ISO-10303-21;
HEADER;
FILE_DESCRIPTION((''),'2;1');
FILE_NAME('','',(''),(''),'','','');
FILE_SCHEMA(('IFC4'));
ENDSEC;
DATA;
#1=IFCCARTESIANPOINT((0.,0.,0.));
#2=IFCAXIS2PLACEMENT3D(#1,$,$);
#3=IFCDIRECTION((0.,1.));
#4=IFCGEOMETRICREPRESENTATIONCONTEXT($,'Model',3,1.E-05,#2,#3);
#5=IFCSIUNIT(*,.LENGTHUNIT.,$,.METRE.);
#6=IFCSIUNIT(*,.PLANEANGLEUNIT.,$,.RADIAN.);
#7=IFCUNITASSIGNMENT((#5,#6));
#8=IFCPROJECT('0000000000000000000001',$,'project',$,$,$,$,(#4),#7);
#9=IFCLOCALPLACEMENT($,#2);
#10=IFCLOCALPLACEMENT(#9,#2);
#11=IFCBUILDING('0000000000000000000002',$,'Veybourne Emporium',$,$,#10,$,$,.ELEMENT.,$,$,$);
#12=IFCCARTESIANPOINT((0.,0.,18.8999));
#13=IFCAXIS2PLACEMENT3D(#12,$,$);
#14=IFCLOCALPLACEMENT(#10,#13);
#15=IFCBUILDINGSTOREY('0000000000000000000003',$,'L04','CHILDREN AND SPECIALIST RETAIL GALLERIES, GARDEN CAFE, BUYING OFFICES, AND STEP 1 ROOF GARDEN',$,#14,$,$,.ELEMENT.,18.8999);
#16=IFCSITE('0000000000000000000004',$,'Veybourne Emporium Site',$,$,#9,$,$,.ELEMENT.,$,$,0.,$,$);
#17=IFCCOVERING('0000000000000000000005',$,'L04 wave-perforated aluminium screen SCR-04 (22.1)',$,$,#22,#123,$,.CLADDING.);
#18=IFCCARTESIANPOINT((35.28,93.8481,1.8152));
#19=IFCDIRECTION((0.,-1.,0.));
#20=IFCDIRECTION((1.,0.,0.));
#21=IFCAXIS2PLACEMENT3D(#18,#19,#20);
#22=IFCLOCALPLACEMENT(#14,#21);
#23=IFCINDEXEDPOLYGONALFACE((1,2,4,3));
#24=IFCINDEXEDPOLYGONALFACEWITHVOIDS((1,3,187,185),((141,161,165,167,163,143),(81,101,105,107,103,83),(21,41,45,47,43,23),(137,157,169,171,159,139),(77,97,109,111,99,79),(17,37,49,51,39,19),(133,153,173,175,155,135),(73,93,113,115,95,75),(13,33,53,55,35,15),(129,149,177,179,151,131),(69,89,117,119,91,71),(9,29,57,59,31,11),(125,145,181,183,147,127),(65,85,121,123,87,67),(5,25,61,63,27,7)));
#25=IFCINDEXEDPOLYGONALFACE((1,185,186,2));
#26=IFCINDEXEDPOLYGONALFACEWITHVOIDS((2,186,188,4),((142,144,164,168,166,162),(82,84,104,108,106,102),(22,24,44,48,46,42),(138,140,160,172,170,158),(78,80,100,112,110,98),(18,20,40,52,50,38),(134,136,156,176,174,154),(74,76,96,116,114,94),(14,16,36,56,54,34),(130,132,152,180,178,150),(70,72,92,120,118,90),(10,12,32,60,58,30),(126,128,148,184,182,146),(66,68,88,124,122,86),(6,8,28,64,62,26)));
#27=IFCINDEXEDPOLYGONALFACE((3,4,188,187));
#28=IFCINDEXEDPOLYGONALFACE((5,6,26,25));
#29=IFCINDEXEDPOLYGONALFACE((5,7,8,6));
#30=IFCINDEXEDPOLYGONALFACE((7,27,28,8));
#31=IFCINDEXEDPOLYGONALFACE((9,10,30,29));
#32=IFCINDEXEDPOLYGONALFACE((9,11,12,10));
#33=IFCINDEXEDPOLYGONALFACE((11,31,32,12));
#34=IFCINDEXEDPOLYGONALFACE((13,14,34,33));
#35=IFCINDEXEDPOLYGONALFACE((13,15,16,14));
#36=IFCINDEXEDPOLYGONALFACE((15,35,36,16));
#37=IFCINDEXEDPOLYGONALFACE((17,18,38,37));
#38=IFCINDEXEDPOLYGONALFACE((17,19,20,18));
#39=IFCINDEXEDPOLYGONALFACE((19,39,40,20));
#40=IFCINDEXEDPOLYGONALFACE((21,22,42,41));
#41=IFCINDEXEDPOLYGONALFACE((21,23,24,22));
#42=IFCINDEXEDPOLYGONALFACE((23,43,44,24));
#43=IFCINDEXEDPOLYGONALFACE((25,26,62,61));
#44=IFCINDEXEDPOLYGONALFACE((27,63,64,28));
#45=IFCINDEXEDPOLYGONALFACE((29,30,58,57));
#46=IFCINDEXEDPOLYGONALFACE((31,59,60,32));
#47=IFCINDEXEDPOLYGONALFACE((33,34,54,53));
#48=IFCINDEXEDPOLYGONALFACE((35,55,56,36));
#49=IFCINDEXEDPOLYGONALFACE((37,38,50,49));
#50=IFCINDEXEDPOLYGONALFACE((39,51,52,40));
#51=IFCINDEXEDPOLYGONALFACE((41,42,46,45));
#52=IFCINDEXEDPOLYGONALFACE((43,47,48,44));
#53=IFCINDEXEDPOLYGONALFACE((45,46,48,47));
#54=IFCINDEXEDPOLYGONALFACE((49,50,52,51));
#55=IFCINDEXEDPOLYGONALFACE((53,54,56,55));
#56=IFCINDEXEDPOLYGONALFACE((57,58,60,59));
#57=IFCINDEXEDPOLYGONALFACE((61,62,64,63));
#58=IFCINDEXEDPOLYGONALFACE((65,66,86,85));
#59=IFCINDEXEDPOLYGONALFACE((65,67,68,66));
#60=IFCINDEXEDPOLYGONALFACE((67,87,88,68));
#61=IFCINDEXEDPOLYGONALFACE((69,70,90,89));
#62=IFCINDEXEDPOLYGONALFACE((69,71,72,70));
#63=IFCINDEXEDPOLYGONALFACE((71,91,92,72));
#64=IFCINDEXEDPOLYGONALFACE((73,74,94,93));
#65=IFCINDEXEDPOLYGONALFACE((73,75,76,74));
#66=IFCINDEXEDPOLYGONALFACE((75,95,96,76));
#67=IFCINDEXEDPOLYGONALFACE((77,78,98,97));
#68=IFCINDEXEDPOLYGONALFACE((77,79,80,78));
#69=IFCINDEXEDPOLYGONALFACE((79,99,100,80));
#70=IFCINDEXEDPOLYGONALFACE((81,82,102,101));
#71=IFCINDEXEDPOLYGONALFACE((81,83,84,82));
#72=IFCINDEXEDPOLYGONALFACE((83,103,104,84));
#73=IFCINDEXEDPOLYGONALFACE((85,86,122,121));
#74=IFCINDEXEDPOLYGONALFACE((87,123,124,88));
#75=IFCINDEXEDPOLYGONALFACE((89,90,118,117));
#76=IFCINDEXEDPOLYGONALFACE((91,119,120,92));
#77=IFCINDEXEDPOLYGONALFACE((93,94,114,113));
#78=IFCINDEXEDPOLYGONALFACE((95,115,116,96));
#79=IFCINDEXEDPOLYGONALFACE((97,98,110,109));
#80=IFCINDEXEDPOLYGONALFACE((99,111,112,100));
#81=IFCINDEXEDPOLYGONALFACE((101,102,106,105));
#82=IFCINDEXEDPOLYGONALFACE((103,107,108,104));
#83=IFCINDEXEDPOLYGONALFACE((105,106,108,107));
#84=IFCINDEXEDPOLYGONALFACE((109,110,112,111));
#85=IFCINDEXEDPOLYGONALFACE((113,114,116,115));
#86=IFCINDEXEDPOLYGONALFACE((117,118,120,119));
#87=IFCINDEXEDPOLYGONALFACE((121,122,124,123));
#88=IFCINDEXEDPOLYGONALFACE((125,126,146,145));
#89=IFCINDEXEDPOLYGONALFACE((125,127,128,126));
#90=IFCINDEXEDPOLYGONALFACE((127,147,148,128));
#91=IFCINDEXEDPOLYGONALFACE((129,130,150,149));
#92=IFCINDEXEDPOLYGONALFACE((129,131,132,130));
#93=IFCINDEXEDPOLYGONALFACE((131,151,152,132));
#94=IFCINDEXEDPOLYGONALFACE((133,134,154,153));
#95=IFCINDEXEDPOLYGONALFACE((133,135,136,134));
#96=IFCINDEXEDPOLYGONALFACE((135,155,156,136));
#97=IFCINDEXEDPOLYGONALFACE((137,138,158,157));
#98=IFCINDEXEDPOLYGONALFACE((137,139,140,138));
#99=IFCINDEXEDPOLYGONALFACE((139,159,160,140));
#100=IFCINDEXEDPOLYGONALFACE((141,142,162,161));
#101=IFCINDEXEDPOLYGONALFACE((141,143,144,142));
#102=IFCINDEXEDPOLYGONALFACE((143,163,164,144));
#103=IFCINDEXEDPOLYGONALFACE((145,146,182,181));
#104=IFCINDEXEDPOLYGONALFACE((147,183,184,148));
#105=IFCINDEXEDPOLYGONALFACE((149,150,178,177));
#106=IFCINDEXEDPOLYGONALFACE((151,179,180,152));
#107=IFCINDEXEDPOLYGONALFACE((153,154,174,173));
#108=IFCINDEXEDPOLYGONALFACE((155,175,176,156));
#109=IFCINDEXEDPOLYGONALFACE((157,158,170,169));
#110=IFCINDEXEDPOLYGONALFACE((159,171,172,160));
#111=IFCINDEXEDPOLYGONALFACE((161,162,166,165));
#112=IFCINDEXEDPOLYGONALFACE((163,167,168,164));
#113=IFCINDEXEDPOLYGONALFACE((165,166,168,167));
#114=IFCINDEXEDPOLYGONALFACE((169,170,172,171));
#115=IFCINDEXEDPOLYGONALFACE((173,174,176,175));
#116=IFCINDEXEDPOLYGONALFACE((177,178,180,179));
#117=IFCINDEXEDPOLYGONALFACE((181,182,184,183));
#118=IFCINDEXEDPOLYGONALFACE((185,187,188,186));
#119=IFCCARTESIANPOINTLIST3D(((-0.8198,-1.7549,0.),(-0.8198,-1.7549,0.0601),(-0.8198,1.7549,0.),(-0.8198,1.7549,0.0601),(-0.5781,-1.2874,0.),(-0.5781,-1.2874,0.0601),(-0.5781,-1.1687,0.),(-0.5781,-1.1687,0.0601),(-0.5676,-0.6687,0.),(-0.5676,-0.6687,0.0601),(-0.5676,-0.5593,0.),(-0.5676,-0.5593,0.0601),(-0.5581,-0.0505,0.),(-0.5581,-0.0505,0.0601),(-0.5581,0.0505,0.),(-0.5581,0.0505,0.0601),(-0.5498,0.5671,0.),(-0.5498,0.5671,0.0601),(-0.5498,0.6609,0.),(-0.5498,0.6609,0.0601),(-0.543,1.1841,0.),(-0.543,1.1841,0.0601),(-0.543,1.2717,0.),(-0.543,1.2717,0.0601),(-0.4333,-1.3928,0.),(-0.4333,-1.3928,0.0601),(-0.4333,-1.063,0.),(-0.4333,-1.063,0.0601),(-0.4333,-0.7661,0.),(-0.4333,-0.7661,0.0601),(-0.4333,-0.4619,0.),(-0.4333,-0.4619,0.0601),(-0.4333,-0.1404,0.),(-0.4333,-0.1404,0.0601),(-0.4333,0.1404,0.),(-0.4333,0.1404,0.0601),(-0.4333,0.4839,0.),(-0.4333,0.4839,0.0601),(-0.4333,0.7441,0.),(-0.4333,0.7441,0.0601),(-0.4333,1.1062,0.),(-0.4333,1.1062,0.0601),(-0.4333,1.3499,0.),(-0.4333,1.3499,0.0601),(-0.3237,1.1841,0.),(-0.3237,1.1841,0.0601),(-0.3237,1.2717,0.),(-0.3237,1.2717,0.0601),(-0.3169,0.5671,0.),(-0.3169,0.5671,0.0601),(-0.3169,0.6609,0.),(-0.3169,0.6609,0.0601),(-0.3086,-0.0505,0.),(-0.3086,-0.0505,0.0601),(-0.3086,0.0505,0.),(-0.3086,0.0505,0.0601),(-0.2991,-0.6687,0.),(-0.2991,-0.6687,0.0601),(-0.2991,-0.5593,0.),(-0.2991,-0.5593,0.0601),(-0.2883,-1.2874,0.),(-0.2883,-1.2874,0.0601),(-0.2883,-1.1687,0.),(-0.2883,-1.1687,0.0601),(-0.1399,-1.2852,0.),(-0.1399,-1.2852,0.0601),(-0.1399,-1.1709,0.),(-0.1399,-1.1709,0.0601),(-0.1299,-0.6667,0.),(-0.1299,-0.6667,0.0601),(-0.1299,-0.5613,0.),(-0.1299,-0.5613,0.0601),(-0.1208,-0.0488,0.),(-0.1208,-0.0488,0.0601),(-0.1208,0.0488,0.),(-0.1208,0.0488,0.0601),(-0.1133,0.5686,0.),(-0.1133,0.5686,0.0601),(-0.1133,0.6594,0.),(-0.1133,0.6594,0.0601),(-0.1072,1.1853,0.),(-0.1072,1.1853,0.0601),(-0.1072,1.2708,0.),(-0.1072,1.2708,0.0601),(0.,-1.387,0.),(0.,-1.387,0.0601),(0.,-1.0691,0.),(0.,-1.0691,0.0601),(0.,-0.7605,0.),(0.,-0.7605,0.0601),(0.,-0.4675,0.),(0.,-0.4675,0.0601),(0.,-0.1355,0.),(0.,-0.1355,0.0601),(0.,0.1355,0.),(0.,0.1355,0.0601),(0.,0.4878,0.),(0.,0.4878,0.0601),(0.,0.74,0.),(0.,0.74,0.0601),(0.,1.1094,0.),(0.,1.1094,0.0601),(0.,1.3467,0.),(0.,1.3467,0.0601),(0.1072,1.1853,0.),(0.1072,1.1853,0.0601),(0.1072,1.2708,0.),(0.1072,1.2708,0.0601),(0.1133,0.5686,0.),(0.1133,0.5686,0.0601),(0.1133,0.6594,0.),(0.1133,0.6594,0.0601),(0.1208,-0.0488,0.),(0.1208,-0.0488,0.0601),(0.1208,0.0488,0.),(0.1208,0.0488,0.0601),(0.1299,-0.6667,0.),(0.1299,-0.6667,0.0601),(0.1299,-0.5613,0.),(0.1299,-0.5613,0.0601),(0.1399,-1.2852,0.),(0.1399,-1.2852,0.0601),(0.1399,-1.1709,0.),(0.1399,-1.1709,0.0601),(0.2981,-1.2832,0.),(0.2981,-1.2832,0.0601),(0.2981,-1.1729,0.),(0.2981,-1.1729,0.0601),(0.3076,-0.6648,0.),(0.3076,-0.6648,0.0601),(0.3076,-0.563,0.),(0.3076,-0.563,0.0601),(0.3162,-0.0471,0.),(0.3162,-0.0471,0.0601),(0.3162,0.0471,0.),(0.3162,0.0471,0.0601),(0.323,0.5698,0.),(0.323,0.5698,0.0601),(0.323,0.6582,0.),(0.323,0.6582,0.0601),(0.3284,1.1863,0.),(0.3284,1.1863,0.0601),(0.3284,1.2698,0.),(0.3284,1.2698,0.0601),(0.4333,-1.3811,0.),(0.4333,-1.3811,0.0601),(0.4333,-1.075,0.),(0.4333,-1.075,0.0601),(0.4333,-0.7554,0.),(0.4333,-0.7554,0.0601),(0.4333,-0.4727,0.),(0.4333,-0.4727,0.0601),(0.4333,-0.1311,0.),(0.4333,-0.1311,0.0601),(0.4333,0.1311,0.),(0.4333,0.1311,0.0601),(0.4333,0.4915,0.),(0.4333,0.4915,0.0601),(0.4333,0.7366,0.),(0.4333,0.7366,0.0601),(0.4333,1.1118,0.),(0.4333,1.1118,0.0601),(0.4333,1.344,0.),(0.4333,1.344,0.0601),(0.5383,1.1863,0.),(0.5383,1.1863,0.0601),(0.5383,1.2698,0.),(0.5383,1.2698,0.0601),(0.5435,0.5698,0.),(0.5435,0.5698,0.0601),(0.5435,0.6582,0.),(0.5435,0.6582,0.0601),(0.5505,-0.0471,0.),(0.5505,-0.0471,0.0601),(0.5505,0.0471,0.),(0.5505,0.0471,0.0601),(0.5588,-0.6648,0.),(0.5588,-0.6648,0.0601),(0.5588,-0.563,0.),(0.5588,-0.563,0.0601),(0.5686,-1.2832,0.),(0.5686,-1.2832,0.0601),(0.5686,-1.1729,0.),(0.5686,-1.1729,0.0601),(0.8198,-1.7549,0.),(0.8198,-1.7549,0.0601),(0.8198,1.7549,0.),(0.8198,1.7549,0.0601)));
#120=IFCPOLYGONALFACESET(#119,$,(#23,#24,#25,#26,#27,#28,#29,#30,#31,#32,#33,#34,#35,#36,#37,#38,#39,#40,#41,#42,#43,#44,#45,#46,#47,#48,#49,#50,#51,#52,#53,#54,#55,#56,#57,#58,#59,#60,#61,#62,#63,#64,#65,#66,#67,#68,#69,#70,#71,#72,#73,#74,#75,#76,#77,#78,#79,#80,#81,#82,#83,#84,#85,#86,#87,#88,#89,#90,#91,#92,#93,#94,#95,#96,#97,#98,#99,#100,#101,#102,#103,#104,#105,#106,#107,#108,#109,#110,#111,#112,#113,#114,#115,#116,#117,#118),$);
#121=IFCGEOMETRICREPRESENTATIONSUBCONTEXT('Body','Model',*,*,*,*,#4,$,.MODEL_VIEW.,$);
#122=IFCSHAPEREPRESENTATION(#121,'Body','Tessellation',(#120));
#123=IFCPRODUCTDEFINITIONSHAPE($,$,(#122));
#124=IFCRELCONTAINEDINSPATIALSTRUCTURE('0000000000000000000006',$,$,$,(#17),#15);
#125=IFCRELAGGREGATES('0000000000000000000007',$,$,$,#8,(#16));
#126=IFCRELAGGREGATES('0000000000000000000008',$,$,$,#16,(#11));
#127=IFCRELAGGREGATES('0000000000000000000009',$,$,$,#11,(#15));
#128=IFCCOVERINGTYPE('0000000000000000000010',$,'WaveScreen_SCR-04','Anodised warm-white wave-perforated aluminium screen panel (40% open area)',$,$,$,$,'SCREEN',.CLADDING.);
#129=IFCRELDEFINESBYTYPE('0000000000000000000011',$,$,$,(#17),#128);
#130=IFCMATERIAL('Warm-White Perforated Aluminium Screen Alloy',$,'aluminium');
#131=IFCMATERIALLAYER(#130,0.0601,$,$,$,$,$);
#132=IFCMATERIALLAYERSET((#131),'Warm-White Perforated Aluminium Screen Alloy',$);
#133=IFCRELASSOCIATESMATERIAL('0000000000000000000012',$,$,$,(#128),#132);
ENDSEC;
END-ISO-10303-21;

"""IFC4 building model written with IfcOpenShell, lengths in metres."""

from ifc_helpers import new_model, si_unit, direction, frame, origin, place, context, subcontext, project, spatial, polyline, outline, extrude, material, layer, layer_set, type_object, element, save


model = new_model("IFC4")

# Units and contexts
model_context = context("Model", 3, precision=1e-05, world=origin(), true_north=direction((0.0, 1.0)))
body_context = subcontext(model_context, "Body", "Model", "MODEL_VIEW")
ifc_project = project(units=[si_unit("LENGTHUNIT", "METRE"), si_unit("PLANEANGLEUNIT", "RADIAN")], contexts=[model_context])

# Site, building, storey
site_placement = place(None, origin())
site = spatial("IfcSite", under=ifc_project, at=site_placement, Name="Veybourne Emporium Site", CompositionType="ELEMENT", RefElevation=0.0)
building_placement = place(site_placement, origin())
building = spatial("IfcBuilding", under=site, at=building_placement, Name="Veybourne Emporium", CompositionType="ELEMENT")
storey_placement = place(building_placement, frame((0.0, 0.0, 18.8999)))
storey = spatial("IfcBuildingStorey", under=building, at=storey_placement, Name="L04", Description="CHILDREN AND SPECIALIST RETAIL GALLERIES, GARDEN CAFE, BUYING OFFICES, AND STEP 1 ROOF GARDEN", CompositionType="ELEMENT", Elevation=18.8999)

# Covering
ifc_material_1 = material(Name="Warm-White Perforated Aluminium Screen Alloy", Category="aluminium")
ifc_layer_1 = layer(ifc_material_1, 0.0601)
ifc_layer_set_1 = layer_set([ifc_layer_1], Name="Warm-White Perforated Aluminium Screen Alloy")
covering_type_1 = type_object("IfcCoveringType", Name="WaveScreen_SCR-04", Description="Anodised warm-white wave-perforated aluminium screen panel (40% open area)", ElementType="SCREEN", PredefinedType="CLADDING", material=ifc_layer_set_1)
covering_1_placement = place(storey_placement, frame((35.28, 93.8481, 1.8152), z_axis=(0.0, -1.0, 0.0), x_axis=(1.0, 0.0, 0.0)))
element("IfcCovering", 1, at=covering_1_placement, inside=storey, type_object=covering_type_1, Name="L04 wave-perforated aluminium screen SCR-04 (22.1)", PredefinedType="CLADDING", context=body_context, shape_type="SweptSolid", body=[
    extrude(outline(polyline([(-0.8198, -1.7549), (0.8198, -1.7549), (0.8198, 1.7549), (-0.8198, 1.7549), (-0.8198, -1.7549)]), holes=[polyline([(-0.4333, -1.063), (-0.2883, -1.1687), (-0.2883, -1.2874), (-0.4333, -1.3928), (-0.5781, -1.2874), (-0.5781, -1.1687), (-0.4333, -1.063)]), polyline([(-0.4333, -0.4619), (-0.2991, -0.5593), (-0.2991, -0.6687), (-0.4333, -0.7661), (-0.5676, -0.6687), (-0.5676, -0.5593), (-0.4333, -0.4619)]), polyline([(-0.4333, 0.1404), (-0.3086, 0.0505), (-0.3086, -0.0505), (-0.4333, -0.1404), (-0.5581, -0.0505), (-0.5581, 0.0505), (-0.4333, 0.1404)]), polyline([(-0.4333, 0.7441), (-0.3169, 0.6609), (-0.3169, 0.5671), (-0.4333, 0.4839), (-0.5498, 0.5671), (-0.5498, 0.6609), (-0.4333, 0.7441)]), polyline([(-0.4333, 1.3499), (-0.3237, 1.2717), (-0.3237, 1.1841), (-0.4333, 1.1062), (-0.543, 1.1841), (-0.543, 1.2717), (-0.4333, 1.3499)]), polyline([(0.0, -1.0691), (0.1399, -1.1709), (0.1399, -1.2852), (0.0, -1.387), (-0.1399, -1.2852), (-0.1399, -1.1709), (0.0, -1.0691)]), polyline([(0.0, -0.4675), (0.1299, -0.5613), (0.1299, -0.6667), (0.0, -0.7605), (-0.1299, -0.6667), (-0.1299, -0.5613), (0.0, -0.4675)]), polyline([(0.0, 0.1355), (0.1208, 0.0488), (0.1208, -0.0488), (0.0, -0.1355), (-0.1208, -0.0488), (-0.1208, 0.0488), (0.0, 0.1355)]), polyline([(0.0, 0.74), (0.1133, 0.6594), (0.1133, 0.5686), (0.0, 0.4878), (-0.1133, 0.5686), (-0.1133, 0.6594), (0.0, 0.74)]), polyline([(0.0, 1.3467), (0.1072, 1.2708), (0.1072, 1.1853), (0.0, 1.1094), (-0.1072, 1.1853), (-0.1072, 1.2708), (0.0, 1.3467)]), polyline([(0.4333, -1.075), (0.5686, -1.1729), (0.5686, -1.2832), (0.4333, -1.3811), (0.2981, -1.2832), (0.2981, -1.1729), (0.4333, -1.075)]), polyline([(0.4333, -0.4727), (0.5588, -0.563), (0.5588, -0.6648), (0.4333, -0.7554), (0.3076, -0.6648), (0.3076, -0.563), (0.4333, -0.4727)]), polyline([(0.4333, 0.1311), (0.5505, 0.0471), (0.5505, -0.0471), (0.4333, -0.1311), (0.3162, -0.0471), (0.3162, 0.0471), (0.4333, 0.1311)]), polyline([(0.4333, 0.7366), (0.5435, 0.6582), (0.5435, 0.5698), (0.4333, 0.4915), (0.323, 0.5698), (0.323, 0.6582), (0.4333, 0.7366)]), polyline([(0.4333, 1.344), (0.5383, 1.2698), (0.5383, 1.1863), (0.4333, 1.1118), (0.3284, 1.1863), (0.3284, 1.2698), (0.4333, 1.344)])]), origin(), (0.0, 0.0, 1.0), 0.0601),
])

save(model, "model.ifc")
